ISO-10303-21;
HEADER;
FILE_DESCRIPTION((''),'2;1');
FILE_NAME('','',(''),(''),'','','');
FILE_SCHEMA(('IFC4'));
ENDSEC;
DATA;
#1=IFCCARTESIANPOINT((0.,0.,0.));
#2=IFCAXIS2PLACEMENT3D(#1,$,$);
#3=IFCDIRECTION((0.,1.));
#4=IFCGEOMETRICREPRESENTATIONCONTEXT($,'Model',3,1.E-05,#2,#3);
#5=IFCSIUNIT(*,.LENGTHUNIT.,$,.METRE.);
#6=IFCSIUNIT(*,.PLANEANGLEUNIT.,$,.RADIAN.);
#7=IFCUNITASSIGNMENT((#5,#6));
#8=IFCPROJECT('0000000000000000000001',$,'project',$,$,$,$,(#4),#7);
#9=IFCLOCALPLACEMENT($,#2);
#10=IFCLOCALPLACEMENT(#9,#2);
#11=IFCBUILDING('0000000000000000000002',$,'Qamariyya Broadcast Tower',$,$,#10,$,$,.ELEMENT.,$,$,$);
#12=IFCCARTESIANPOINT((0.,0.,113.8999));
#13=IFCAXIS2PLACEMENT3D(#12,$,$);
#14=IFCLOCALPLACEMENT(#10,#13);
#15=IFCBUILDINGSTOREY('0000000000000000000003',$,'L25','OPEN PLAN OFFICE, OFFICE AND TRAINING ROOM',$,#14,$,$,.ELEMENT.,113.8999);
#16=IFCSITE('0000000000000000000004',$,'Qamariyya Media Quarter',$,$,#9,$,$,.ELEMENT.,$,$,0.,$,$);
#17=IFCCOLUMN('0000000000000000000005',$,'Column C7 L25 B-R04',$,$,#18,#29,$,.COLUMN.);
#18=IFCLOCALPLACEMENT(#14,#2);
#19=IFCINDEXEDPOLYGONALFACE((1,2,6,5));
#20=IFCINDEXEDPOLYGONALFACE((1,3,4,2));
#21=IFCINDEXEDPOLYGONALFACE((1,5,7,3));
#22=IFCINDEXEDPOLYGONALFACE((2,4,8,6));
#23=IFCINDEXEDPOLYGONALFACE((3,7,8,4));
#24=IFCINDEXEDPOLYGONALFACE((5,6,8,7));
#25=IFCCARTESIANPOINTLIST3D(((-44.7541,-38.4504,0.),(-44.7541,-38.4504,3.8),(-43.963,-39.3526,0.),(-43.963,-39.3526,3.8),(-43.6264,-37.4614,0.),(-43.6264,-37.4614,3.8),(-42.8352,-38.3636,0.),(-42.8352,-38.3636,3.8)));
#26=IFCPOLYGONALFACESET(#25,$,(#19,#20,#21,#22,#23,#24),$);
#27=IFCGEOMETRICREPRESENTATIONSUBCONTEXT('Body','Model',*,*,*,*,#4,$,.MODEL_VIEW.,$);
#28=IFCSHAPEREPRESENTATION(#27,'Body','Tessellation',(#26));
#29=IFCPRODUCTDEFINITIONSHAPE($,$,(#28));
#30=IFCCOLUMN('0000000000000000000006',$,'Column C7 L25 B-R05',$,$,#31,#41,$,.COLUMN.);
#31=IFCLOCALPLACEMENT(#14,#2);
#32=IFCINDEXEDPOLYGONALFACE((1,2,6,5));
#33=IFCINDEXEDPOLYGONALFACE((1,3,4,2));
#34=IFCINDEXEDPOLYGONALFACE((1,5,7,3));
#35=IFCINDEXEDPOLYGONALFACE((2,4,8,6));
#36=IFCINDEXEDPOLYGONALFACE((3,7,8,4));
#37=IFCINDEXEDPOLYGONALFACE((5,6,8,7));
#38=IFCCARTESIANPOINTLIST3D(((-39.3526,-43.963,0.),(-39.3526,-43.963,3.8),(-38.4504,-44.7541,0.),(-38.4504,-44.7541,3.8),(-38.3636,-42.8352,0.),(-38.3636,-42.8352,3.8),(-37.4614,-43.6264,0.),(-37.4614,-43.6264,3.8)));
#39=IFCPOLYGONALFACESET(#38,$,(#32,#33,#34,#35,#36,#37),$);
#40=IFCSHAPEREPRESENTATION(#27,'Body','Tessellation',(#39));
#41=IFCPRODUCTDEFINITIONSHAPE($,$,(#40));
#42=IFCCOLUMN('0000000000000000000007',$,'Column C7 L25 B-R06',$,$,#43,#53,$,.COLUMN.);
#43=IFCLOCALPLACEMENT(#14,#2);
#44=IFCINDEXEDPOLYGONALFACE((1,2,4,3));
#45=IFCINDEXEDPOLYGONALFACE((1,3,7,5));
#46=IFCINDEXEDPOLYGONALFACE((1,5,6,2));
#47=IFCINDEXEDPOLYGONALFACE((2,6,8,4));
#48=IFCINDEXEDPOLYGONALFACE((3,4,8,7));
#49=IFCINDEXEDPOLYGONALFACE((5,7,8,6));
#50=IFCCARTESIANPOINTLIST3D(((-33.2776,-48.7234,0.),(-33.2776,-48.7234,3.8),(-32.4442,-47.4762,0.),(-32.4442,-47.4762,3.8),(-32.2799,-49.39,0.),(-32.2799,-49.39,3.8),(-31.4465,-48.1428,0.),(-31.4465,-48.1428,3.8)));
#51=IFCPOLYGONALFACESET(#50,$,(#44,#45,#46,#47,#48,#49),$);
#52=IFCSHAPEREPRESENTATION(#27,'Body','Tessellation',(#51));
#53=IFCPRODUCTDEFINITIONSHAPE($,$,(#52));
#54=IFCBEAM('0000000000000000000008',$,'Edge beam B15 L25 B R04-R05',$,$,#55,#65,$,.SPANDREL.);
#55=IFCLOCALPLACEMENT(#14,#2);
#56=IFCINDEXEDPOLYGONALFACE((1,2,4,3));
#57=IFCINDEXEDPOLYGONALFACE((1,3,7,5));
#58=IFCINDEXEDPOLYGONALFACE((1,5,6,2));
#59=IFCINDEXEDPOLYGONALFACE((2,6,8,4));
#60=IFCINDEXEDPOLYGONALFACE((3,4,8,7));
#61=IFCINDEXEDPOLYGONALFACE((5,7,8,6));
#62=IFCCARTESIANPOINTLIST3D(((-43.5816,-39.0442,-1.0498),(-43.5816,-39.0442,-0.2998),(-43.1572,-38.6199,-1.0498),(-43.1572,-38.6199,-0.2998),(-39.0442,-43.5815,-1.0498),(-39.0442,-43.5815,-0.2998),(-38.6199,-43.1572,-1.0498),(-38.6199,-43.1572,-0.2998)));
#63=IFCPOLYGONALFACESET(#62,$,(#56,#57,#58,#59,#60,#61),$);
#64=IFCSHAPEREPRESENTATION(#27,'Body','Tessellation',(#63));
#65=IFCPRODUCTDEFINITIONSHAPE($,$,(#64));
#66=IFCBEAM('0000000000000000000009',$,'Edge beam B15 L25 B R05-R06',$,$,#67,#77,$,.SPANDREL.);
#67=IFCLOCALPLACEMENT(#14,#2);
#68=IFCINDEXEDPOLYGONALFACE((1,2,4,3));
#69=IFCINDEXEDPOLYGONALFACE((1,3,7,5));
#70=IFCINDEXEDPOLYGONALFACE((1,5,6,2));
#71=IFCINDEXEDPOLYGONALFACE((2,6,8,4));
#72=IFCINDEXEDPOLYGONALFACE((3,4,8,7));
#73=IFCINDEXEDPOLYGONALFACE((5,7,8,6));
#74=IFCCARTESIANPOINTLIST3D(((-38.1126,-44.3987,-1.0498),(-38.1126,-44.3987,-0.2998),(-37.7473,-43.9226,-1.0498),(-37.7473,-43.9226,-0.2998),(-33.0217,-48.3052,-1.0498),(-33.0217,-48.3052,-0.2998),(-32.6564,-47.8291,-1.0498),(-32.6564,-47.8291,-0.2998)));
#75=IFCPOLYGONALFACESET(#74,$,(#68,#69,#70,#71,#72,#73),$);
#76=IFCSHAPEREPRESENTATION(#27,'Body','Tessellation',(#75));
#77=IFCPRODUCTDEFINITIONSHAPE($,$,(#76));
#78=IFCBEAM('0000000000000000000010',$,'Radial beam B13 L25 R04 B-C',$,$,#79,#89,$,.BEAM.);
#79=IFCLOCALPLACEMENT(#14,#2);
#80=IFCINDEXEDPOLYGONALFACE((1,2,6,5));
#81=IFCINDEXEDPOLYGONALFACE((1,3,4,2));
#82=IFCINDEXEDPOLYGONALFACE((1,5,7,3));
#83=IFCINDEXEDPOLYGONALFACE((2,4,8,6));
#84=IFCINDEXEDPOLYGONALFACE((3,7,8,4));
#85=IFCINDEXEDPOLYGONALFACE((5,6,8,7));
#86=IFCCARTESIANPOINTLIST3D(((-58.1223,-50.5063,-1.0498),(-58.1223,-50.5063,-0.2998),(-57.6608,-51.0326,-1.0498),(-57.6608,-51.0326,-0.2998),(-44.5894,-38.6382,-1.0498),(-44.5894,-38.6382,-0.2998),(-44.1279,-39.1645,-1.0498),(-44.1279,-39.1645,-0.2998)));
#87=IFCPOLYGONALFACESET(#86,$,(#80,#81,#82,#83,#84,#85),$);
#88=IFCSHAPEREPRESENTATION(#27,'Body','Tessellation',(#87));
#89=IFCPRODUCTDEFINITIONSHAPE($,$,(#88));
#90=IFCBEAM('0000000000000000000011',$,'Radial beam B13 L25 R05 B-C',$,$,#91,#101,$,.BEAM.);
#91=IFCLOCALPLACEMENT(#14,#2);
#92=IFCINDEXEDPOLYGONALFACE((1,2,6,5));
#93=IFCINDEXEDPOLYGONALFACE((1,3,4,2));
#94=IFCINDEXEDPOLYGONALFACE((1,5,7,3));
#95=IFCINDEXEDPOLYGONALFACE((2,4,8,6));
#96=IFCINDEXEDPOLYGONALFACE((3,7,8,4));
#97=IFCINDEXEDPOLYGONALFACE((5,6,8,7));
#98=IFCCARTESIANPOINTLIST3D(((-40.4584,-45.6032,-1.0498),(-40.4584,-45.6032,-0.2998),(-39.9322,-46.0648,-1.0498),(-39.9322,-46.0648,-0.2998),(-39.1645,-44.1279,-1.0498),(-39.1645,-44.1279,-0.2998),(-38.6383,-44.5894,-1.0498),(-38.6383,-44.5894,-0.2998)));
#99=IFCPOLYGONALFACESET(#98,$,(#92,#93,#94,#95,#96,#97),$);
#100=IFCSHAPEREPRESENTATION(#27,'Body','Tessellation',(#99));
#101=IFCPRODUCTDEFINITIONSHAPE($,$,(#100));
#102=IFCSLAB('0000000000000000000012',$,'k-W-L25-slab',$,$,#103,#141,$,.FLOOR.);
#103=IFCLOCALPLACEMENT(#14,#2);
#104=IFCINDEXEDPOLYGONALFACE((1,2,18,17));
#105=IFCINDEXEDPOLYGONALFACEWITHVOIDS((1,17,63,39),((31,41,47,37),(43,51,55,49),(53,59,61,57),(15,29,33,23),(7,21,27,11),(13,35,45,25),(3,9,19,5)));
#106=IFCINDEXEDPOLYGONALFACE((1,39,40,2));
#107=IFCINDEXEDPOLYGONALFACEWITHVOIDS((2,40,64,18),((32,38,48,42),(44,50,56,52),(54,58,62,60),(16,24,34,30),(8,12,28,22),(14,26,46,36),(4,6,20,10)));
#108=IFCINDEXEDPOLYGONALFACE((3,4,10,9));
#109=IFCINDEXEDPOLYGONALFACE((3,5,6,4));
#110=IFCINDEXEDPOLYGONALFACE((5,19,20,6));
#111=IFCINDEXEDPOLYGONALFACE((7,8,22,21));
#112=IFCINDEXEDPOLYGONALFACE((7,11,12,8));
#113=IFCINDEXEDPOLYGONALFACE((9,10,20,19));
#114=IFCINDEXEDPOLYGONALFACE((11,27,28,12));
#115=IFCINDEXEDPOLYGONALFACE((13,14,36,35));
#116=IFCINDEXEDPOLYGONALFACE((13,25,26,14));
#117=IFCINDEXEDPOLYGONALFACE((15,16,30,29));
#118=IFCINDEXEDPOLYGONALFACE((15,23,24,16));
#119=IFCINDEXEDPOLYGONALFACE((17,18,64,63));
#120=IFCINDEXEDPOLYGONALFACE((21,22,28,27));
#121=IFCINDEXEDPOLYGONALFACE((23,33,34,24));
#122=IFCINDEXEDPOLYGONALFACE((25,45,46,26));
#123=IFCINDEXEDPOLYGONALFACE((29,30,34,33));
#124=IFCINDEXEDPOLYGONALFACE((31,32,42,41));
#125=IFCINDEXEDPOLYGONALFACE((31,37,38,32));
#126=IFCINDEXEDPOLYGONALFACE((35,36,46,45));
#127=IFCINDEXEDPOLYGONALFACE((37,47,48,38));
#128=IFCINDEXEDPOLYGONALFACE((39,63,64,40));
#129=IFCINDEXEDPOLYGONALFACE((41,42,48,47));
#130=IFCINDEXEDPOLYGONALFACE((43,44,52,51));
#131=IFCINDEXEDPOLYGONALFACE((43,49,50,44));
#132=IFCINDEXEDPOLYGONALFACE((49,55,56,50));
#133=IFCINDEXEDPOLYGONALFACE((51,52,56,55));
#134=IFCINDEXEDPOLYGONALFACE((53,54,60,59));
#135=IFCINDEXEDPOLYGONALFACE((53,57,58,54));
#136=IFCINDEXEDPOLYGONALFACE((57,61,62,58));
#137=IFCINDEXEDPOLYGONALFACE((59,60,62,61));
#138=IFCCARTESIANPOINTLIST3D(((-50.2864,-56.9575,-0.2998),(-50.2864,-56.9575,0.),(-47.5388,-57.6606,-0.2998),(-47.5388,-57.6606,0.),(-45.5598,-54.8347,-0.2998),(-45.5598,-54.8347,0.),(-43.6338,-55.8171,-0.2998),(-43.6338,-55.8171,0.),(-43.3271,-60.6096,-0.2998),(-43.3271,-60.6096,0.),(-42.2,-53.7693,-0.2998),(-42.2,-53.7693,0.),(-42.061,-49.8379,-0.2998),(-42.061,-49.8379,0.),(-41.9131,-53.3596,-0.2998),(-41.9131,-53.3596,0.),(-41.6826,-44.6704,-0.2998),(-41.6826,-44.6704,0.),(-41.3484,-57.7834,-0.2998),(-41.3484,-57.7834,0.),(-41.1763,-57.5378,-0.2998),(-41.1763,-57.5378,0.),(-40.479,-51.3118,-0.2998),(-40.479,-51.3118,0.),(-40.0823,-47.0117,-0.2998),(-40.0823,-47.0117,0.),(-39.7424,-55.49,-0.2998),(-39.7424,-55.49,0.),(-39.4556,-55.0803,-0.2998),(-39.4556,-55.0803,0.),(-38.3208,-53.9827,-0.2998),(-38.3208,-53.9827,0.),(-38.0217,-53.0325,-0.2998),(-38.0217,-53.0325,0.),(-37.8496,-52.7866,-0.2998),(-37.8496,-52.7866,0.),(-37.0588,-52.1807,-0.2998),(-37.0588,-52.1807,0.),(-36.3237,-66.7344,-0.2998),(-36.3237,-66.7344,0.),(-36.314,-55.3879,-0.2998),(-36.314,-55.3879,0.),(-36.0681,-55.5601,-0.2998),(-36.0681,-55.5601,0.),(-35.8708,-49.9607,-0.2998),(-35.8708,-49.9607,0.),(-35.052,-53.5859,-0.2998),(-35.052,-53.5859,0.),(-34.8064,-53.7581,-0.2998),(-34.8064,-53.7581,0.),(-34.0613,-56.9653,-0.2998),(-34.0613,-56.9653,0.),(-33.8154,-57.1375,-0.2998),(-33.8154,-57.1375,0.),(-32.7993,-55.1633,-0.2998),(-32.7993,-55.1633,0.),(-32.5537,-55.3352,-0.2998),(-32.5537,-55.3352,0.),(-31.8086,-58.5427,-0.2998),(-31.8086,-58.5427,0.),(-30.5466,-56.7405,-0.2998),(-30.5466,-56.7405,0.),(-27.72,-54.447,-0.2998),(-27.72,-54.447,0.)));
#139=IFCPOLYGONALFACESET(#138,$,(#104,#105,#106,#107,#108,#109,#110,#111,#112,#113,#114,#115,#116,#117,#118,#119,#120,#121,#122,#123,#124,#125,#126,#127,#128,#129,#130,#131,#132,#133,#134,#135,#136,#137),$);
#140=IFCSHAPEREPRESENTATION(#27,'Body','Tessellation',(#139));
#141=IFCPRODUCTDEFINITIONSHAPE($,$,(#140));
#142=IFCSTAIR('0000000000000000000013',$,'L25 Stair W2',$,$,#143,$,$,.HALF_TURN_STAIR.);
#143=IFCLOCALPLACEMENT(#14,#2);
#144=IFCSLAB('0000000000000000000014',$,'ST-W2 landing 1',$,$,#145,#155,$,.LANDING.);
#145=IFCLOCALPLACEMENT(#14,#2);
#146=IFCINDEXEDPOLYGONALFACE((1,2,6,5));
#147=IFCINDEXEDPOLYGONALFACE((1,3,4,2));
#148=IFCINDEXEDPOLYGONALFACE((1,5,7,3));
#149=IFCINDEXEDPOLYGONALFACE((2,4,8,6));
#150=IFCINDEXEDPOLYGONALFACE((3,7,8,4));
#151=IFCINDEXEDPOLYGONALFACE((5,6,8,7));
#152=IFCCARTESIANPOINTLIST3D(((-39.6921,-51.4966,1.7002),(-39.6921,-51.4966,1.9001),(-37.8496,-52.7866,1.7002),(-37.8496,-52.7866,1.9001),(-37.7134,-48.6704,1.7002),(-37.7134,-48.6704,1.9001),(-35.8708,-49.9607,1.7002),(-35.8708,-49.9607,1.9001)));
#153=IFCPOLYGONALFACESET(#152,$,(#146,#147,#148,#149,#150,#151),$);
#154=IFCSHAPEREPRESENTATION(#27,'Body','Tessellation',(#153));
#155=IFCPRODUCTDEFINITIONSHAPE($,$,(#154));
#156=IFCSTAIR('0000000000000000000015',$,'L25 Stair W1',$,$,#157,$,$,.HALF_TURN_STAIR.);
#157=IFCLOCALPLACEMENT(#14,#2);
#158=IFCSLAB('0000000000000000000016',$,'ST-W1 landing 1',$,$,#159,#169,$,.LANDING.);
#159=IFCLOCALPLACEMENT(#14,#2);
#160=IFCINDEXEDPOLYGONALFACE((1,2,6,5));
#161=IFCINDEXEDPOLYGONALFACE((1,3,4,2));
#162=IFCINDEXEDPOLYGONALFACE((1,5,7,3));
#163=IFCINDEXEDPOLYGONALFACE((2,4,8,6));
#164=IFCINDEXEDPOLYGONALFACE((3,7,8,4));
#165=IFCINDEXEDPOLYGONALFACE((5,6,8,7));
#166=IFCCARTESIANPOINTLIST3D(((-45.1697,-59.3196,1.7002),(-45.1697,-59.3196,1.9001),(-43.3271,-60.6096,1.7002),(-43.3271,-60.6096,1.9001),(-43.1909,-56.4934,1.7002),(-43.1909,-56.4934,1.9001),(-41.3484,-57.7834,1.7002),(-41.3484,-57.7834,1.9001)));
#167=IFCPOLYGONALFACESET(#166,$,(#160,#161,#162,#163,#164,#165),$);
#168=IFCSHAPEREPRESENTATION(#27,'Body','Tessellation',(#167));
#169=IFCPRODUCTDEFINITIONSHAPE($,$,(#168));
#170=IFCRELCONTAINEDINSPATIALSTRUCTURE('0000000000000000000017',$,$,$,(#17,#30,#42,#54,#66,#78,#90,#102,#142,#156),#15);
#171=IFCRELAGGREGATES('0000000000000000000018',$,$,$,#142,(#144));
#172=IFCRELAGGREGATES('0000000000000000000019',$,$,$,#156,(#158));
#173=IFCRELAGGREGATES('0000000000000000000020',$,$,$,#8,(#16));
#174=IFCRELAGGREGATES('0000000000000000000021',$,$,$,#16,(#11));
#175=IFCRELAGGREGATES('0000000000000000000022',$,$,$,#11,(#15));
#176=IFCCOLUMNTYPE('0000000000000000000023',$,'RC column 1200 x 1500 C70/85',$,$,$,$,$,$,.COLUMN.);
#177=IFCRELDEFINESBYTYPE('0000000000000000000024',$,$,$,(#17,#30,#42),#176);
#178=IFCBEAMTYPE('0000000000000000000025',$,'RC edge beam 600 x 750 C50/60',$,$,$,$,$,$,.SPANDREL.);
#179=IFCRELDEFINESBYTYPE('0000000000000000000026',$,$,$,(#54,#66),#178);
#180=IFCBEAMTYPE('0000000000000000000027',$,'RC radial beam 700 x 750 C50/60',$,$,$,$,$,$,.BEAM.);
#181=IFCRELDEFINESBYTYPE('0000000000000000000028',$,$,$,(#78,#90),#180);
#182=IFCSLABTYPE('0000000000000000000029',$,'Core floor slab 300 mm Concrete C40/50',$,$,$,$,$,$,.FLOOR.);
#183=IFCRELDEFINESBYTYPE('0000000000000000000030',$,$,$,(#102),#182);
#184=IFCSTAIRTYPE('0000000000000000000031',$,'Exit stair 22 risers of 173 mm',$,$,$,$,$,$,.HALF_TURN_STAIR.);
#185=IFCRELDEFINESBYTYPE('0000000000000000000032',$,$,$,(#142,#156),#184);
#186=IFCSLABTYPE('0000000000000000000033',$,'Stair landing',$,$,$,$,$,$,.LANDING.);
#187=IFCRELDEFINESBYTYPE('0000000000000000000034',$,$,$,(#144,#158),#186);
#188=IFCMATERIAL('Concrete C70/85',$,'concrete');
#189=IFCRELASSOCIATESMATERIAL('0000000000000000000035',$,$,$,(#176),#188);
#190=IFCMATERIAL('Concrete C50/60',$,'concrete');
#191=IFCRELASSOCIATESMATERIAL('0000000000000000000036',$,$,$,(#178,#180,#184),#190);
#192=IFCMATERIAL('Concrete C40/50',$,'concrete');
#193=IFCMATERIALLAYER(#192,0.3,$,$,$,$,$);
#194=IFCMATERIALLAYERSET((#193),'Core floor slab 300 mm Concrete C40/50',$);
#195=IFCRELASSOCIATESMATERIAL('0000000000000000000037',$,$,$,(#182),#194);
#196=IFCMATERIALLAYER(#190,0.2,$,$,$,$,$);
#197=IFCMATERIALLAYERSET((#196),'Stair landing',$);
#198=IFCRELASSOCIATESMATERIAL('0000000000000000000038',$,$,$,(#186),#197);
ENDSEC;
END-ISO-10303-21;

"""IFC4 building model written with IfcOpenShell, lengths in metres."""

from ifc_helpers import new_model, si_unit, direction, frame, origin, origin_2d, place, context, subcontext, project, spatial, polyline, rectangle, outline, extrude, material, layer, layer_set, material_profile, profile_set, type_object, element, aggregate, save


model = new_model("IFC4")

# Units and contexts
model_context = context("Model", 3, precision=1e-05, world=origin(), true_north=direction((0.0, 1.0)))
body_context = subcontext(model_context, "Body", "Model", "MODEL_VIEW")
ifc_project = project(units=[si_unit("LENGTHUNIT", "METRE"), si_unit("PLANEANGLEUNIT", "RADIAN")], contexts=[model_context])

# Site, building, storey
site_placement = place(None, origin())
site = spatial("IfcSite", under=ifc_project, at=site_placement, Name="Qamariyya Media Quarter", CompositionType="ELEMENT", RefElevation=0.0)
building_placement = place(site_placement, origin())
building = spatial("IfcBuilding", under=site, at=building_placement, Name="Qamariyya Broadcast Tower", CompositionType="ELEMENT")
storey_placement = place(building_placement, frame((0.0, 0.0, 113.8999)))
storey = spatial("IfcBuildingStorey", under=building, at=storey_placement, Name="L25", Description="OPEN PLAN OFFICE, OFFICE AND TRAINING ROOM", CompositionType="ELEMENT", Elevation=113.8999)

# Columns
ifc_material_1 = material(Name="Concrete C70/85", Category="concrete")
ifc_material_profile_1 = material_profile(ifc_material_1, rectangle(XDim=1.2, YDim=1.5, at=origin_2d()))
ifc_profile_set_1 = profile_set([ifc_material_profile_1], Name="Concrete C70/85")
column_type = type_object("IfcColumnType", Name="RC column 1200 x 1500 C70/85", PredefinedType="COLUMN", material=ifc_profile_set_1)
for number, where, z_axis, x_axis, name in (
    (1, (-43.7947, -38.407, 0.0), (0.0, 0.0, 1.0), (0.659346, -0.75184, 0.0), "Column C7 L25 B-R04"),
    (2, (-38.407, -43.7947, 0.0), (0.0, 0.0, 1.0), (0.75184, -0.659346, 0.0), "Column C7 L25 B-R05"),
    (3, (-32.3621, -48.4331, 0.0), (0.0, 0.0, 1.0), (0.83147, -0.55557, 0.0), "Column C7 L25 B-R06"),
):
    element("IfcColumn", number, at=place(storey_placement, frame(where, z_axis=z_axis, x_axis=x_axis)), inside=storey, type_object=column_type, Name=name, PredefinedType="COLUMN", context=body_context, shape_type="SweptSolid", body=[
        extrude(rectangle(XDim=1.2, YDim=1.5, at=origin_2d()), origin(), (0.0, 0.0, 1.0), 3.8),
    ])

# Beams
ifc_material_2 = material(Name="Concrete C50/60", Category="concrete")
ifc_material_profile_2 = material_profile(ifc_material_2, rectangle(XDim=0.6001, YDim=0.75, at=origin_2d()))
ifc_profile_set_2 = profile_set([ifc_material_profile_2], Name="Concrete C50/60")
beam_type_1 = type_object("IfcBeamType", Name="RC edge beam 600 x 750 C50/60", PredefinedType="SPANDREL", material=ifc_profile_set_2)
beam_1_placement = place(storey_placement, frame((-43.3694, -38.832, -0.6748), z_axis=(0.707107, -0.707107, 0.0), x_axis=(0.707107, 0.707107, 0.0)))
element("IfcBeam", 4, at=beam_1_placement, inside=storey, type_object=beam_type_1, Name="Edge beam B15 L25 B R04-R05", PredefinedType="SPANDREL", context=body_context, shape_type="SweptSolid", body=[
    extrude(rectangle(XDim=0.6001, YDim=0.75, at=origin_2d()), origin(), (0.0, 0.0, 1.0), 6.4167),
])
beam_2_placement = place(storey_placement, frame((-37.9299, -44.1606, -0.6748), z_axis=(0.793341, -0.608778, 0.0), x_axis=(0.608778, 0.793341, 0.0)))
element("IfcBeam", 5, at=beam_2_placement, inside=storey, type_object=beam_type_1, Name="Edge beam B15 L25 B R05-R06", PredefinedType="SPANDREL", context=body_context, shape_type="SweptSolid", body=[
    extrude(rectangle(XDim=0.6001, YDim=0.75, at=origin_2d()), origin(), (0.0, 0.0, 1.0), 6.417),
])
ifc_material_profile_3 = material_profile(ifc_material_2, rectangle(XDim=0.7, YDim=0.75, at=origin_2d()))
ifc_profile_set_3 = profile_set([ifc_material_profile_3], Name="Concrete C50/60")
beam_type_2 = type_object("IfcBeamType", Name="RC radial beam 700 x 750 C50/60", PredefinedType="BEAM", material=ifc_profile_set_3)
beam_3_placement = place(storey_placement, frame((-44.3586, -38.9014, -0.6748), z_axis=(-0.751838, -0.659348, 0.0), x_axis=(0.659348, -0.751838, 0.0)))
element("IfcBeam", 6, at=beam_3_placement, inside=storey, type_object=beam_type_2, Name="Radial beam B13 L25 R04 B-C", PredefinedType="BEAM", context=body_context, shape_type="SweptSolid", body=[
    extrude(rectangle(XDim=0.7, YDim=0.75, at=origin_2d()), origin(), (0.0, 0.0, 1.0), 17.9998),
])
beam_4_placement = place(storey_placement, frame((-38.9014, -44.3586, -0.6748), z_axis=(-0.659376, -0.751813, 0.0), x_axis=(0.751813, -0.659376, 0.0)))
element("IfcBeam", 7, at=beam_4_placement, inside=storey, type_object=beam_type_2, Name="Radial beam B13 L25 R05 B-C", PredefinedType="BEAM", context=body_context, shape_type="SweptSolid", body=[
    extrude(rectangle(XDim=0.7, YDim=0.75, at=origin_2d()), origin(), (0.0, 0.0, 1.0), 1.9624),
])

# Slab
ifc_material_3 = material(Name="Concrete C40/50", Category="concrete")
ifc_layer_1 = layer(ifc_material_3, 0.3)
ifc_layer_set_1 = layer_set([ifc_layer_1], Name="Core floor slab 300 mm Concrete C40/50")
slab_type_1 = type_object("IfcSlabType", Name="Core floor slab 300 mm Concrete C40/50", PredefinedType="FLOOR", material=ifc_layer_set_1)
slab_1_placement = place(storey_placement, frame((0.0, 0.0, -0.2998)))
element("IfcSlab", 8, at=slab_1_placement, inside=storey, type_object=slab_type_1, Name="k-W-L25-slab", PredefinedType="FLOOR", context=body_context, shape_type="SweptSolid", body=[
    extrude(outline(polyline([(-50.2864, -56.9575), (-36.3237, -66.7344), (-27.72, -54.447), (-41.6826, -44.6704), (-50.2864, -56.9575)]), holes=[polyline([(-31.8086, -58.5427), (-33.8154, -57.1375), (-32.5537, -55.3352), (-30.5466, -56.7405), (-31.8086, -58.5427)]), polyline([(-34.0613, -56.9653), (-36.0681, -55.5601), (-34.8064, -53.7581), (-32.7993, -55.1633), (-34.0613, -56.9653)]), polyline([(-36.314, -55.3879), (-38.3208, -53.9827), (-37.0588, -52.1807), (-35.052, -53.5859), (-36.314, -55.3879)]), polyline([(-39.7424, -55.49), (-42.2, -53.7693), (-43.6338, -55.8171), (-41.1763, -57.5378), (-39.7424, -55.49)]), polyline([(-39.4556, -55.0803), (-41.9131, -53.3596), (-40.479, -51.3118), (-38.0217, -53.0325), (-39.4556, -55.0803)]), polyline([(-42.061, -49.8379), (-37.8496, -52.7866), (-35.8708, -49.9607), (-40.0823, -47.0117), (-42.061, -49.8379)]), polyline([(-47.5388, -57.6606), (-43.3271, -60.6096), (-41.3484, -57.7834), (-45.5598, -54.8347), (-47.5388, -57.6606)])]), origin(), (0.0, 0.0, 1.0), 0.2998),
])

# Stairs, slabs
stair_type = type_object("IfcStairType", Name="Exit stair 22 risers of 173 mm", PredefinedType="HALF_TURN_STAIR", material=ifc_material_2)
stair_1_placement = place(storey_placement, origin())
stair_1 = element("IfcStair", 9, at=stair_1_placement, inside=storey, type_object=stair_type, Name="L25 Stair W2", PredefinedType="HALF_TURN_STAIR")
ifc_layer_2 = layer(ifc_material_2, 0.2)
ifc_layer_set_2 = layer_set([ifc_layer_2], Name="Stair landing")
slab_type_2 = type_object("IfcSlabType", Name="Stair landing", PredefinedType="LANDING", material=ifc_layer_set_2)
slab_2_placement = place(storey_placement, frame((0.0, 0.0, 1.7002)))
slab_2 = element("IfcSlab", 10, at=slab_2_placement, type_object=slab_type_2, Name="ST-W2 landing 1", PredefinedType="LANDING", context=body_context, shape_type="SweptSolid", body=[
    extrude(outline(polyline([(-39.6921, -51.4966), (-37.8496, -52.7866), (-35.8708, -49.9607), (-37.7134, -48.6704), (-39.6921, -51.4966)])), origin(), (0.0, 0.0, 1.0), 0.2),
])
aggregate(stair_1, [slab_2])
stair_2_placement = place(storey_placement, origin())
stair_2 = element("IfcStair", 11, at=stair_2_placement, inside=storey, type_object=stair_type, Name="L25 Stair W1", PredefinedType="HALF_TURN_STAIR")
slab_3_placement = place(storey_placement, frame((0.0, 0.0, 1.7002)))
slab_3 = element("IfcSlab", 12, at=slab_3_placement, type_object=slab_type_2, Name="ST-W1 landing 1", PredefinedType="LANDING", context=body_context, shape_type="SweptSolid", body=[
    extrude(outline(polyline([(-45.1697, -59.3196), (-43.3271, -60.6096), (-41.3484, -57.7834), (-43.1909, -56.4934), (-45.1697, -59.3196)])), origin(), (0.0, 0.0, 1.0), 0.2),
])
aggregate(stair_2, [slab_3])

save(model, "model.ifc")
